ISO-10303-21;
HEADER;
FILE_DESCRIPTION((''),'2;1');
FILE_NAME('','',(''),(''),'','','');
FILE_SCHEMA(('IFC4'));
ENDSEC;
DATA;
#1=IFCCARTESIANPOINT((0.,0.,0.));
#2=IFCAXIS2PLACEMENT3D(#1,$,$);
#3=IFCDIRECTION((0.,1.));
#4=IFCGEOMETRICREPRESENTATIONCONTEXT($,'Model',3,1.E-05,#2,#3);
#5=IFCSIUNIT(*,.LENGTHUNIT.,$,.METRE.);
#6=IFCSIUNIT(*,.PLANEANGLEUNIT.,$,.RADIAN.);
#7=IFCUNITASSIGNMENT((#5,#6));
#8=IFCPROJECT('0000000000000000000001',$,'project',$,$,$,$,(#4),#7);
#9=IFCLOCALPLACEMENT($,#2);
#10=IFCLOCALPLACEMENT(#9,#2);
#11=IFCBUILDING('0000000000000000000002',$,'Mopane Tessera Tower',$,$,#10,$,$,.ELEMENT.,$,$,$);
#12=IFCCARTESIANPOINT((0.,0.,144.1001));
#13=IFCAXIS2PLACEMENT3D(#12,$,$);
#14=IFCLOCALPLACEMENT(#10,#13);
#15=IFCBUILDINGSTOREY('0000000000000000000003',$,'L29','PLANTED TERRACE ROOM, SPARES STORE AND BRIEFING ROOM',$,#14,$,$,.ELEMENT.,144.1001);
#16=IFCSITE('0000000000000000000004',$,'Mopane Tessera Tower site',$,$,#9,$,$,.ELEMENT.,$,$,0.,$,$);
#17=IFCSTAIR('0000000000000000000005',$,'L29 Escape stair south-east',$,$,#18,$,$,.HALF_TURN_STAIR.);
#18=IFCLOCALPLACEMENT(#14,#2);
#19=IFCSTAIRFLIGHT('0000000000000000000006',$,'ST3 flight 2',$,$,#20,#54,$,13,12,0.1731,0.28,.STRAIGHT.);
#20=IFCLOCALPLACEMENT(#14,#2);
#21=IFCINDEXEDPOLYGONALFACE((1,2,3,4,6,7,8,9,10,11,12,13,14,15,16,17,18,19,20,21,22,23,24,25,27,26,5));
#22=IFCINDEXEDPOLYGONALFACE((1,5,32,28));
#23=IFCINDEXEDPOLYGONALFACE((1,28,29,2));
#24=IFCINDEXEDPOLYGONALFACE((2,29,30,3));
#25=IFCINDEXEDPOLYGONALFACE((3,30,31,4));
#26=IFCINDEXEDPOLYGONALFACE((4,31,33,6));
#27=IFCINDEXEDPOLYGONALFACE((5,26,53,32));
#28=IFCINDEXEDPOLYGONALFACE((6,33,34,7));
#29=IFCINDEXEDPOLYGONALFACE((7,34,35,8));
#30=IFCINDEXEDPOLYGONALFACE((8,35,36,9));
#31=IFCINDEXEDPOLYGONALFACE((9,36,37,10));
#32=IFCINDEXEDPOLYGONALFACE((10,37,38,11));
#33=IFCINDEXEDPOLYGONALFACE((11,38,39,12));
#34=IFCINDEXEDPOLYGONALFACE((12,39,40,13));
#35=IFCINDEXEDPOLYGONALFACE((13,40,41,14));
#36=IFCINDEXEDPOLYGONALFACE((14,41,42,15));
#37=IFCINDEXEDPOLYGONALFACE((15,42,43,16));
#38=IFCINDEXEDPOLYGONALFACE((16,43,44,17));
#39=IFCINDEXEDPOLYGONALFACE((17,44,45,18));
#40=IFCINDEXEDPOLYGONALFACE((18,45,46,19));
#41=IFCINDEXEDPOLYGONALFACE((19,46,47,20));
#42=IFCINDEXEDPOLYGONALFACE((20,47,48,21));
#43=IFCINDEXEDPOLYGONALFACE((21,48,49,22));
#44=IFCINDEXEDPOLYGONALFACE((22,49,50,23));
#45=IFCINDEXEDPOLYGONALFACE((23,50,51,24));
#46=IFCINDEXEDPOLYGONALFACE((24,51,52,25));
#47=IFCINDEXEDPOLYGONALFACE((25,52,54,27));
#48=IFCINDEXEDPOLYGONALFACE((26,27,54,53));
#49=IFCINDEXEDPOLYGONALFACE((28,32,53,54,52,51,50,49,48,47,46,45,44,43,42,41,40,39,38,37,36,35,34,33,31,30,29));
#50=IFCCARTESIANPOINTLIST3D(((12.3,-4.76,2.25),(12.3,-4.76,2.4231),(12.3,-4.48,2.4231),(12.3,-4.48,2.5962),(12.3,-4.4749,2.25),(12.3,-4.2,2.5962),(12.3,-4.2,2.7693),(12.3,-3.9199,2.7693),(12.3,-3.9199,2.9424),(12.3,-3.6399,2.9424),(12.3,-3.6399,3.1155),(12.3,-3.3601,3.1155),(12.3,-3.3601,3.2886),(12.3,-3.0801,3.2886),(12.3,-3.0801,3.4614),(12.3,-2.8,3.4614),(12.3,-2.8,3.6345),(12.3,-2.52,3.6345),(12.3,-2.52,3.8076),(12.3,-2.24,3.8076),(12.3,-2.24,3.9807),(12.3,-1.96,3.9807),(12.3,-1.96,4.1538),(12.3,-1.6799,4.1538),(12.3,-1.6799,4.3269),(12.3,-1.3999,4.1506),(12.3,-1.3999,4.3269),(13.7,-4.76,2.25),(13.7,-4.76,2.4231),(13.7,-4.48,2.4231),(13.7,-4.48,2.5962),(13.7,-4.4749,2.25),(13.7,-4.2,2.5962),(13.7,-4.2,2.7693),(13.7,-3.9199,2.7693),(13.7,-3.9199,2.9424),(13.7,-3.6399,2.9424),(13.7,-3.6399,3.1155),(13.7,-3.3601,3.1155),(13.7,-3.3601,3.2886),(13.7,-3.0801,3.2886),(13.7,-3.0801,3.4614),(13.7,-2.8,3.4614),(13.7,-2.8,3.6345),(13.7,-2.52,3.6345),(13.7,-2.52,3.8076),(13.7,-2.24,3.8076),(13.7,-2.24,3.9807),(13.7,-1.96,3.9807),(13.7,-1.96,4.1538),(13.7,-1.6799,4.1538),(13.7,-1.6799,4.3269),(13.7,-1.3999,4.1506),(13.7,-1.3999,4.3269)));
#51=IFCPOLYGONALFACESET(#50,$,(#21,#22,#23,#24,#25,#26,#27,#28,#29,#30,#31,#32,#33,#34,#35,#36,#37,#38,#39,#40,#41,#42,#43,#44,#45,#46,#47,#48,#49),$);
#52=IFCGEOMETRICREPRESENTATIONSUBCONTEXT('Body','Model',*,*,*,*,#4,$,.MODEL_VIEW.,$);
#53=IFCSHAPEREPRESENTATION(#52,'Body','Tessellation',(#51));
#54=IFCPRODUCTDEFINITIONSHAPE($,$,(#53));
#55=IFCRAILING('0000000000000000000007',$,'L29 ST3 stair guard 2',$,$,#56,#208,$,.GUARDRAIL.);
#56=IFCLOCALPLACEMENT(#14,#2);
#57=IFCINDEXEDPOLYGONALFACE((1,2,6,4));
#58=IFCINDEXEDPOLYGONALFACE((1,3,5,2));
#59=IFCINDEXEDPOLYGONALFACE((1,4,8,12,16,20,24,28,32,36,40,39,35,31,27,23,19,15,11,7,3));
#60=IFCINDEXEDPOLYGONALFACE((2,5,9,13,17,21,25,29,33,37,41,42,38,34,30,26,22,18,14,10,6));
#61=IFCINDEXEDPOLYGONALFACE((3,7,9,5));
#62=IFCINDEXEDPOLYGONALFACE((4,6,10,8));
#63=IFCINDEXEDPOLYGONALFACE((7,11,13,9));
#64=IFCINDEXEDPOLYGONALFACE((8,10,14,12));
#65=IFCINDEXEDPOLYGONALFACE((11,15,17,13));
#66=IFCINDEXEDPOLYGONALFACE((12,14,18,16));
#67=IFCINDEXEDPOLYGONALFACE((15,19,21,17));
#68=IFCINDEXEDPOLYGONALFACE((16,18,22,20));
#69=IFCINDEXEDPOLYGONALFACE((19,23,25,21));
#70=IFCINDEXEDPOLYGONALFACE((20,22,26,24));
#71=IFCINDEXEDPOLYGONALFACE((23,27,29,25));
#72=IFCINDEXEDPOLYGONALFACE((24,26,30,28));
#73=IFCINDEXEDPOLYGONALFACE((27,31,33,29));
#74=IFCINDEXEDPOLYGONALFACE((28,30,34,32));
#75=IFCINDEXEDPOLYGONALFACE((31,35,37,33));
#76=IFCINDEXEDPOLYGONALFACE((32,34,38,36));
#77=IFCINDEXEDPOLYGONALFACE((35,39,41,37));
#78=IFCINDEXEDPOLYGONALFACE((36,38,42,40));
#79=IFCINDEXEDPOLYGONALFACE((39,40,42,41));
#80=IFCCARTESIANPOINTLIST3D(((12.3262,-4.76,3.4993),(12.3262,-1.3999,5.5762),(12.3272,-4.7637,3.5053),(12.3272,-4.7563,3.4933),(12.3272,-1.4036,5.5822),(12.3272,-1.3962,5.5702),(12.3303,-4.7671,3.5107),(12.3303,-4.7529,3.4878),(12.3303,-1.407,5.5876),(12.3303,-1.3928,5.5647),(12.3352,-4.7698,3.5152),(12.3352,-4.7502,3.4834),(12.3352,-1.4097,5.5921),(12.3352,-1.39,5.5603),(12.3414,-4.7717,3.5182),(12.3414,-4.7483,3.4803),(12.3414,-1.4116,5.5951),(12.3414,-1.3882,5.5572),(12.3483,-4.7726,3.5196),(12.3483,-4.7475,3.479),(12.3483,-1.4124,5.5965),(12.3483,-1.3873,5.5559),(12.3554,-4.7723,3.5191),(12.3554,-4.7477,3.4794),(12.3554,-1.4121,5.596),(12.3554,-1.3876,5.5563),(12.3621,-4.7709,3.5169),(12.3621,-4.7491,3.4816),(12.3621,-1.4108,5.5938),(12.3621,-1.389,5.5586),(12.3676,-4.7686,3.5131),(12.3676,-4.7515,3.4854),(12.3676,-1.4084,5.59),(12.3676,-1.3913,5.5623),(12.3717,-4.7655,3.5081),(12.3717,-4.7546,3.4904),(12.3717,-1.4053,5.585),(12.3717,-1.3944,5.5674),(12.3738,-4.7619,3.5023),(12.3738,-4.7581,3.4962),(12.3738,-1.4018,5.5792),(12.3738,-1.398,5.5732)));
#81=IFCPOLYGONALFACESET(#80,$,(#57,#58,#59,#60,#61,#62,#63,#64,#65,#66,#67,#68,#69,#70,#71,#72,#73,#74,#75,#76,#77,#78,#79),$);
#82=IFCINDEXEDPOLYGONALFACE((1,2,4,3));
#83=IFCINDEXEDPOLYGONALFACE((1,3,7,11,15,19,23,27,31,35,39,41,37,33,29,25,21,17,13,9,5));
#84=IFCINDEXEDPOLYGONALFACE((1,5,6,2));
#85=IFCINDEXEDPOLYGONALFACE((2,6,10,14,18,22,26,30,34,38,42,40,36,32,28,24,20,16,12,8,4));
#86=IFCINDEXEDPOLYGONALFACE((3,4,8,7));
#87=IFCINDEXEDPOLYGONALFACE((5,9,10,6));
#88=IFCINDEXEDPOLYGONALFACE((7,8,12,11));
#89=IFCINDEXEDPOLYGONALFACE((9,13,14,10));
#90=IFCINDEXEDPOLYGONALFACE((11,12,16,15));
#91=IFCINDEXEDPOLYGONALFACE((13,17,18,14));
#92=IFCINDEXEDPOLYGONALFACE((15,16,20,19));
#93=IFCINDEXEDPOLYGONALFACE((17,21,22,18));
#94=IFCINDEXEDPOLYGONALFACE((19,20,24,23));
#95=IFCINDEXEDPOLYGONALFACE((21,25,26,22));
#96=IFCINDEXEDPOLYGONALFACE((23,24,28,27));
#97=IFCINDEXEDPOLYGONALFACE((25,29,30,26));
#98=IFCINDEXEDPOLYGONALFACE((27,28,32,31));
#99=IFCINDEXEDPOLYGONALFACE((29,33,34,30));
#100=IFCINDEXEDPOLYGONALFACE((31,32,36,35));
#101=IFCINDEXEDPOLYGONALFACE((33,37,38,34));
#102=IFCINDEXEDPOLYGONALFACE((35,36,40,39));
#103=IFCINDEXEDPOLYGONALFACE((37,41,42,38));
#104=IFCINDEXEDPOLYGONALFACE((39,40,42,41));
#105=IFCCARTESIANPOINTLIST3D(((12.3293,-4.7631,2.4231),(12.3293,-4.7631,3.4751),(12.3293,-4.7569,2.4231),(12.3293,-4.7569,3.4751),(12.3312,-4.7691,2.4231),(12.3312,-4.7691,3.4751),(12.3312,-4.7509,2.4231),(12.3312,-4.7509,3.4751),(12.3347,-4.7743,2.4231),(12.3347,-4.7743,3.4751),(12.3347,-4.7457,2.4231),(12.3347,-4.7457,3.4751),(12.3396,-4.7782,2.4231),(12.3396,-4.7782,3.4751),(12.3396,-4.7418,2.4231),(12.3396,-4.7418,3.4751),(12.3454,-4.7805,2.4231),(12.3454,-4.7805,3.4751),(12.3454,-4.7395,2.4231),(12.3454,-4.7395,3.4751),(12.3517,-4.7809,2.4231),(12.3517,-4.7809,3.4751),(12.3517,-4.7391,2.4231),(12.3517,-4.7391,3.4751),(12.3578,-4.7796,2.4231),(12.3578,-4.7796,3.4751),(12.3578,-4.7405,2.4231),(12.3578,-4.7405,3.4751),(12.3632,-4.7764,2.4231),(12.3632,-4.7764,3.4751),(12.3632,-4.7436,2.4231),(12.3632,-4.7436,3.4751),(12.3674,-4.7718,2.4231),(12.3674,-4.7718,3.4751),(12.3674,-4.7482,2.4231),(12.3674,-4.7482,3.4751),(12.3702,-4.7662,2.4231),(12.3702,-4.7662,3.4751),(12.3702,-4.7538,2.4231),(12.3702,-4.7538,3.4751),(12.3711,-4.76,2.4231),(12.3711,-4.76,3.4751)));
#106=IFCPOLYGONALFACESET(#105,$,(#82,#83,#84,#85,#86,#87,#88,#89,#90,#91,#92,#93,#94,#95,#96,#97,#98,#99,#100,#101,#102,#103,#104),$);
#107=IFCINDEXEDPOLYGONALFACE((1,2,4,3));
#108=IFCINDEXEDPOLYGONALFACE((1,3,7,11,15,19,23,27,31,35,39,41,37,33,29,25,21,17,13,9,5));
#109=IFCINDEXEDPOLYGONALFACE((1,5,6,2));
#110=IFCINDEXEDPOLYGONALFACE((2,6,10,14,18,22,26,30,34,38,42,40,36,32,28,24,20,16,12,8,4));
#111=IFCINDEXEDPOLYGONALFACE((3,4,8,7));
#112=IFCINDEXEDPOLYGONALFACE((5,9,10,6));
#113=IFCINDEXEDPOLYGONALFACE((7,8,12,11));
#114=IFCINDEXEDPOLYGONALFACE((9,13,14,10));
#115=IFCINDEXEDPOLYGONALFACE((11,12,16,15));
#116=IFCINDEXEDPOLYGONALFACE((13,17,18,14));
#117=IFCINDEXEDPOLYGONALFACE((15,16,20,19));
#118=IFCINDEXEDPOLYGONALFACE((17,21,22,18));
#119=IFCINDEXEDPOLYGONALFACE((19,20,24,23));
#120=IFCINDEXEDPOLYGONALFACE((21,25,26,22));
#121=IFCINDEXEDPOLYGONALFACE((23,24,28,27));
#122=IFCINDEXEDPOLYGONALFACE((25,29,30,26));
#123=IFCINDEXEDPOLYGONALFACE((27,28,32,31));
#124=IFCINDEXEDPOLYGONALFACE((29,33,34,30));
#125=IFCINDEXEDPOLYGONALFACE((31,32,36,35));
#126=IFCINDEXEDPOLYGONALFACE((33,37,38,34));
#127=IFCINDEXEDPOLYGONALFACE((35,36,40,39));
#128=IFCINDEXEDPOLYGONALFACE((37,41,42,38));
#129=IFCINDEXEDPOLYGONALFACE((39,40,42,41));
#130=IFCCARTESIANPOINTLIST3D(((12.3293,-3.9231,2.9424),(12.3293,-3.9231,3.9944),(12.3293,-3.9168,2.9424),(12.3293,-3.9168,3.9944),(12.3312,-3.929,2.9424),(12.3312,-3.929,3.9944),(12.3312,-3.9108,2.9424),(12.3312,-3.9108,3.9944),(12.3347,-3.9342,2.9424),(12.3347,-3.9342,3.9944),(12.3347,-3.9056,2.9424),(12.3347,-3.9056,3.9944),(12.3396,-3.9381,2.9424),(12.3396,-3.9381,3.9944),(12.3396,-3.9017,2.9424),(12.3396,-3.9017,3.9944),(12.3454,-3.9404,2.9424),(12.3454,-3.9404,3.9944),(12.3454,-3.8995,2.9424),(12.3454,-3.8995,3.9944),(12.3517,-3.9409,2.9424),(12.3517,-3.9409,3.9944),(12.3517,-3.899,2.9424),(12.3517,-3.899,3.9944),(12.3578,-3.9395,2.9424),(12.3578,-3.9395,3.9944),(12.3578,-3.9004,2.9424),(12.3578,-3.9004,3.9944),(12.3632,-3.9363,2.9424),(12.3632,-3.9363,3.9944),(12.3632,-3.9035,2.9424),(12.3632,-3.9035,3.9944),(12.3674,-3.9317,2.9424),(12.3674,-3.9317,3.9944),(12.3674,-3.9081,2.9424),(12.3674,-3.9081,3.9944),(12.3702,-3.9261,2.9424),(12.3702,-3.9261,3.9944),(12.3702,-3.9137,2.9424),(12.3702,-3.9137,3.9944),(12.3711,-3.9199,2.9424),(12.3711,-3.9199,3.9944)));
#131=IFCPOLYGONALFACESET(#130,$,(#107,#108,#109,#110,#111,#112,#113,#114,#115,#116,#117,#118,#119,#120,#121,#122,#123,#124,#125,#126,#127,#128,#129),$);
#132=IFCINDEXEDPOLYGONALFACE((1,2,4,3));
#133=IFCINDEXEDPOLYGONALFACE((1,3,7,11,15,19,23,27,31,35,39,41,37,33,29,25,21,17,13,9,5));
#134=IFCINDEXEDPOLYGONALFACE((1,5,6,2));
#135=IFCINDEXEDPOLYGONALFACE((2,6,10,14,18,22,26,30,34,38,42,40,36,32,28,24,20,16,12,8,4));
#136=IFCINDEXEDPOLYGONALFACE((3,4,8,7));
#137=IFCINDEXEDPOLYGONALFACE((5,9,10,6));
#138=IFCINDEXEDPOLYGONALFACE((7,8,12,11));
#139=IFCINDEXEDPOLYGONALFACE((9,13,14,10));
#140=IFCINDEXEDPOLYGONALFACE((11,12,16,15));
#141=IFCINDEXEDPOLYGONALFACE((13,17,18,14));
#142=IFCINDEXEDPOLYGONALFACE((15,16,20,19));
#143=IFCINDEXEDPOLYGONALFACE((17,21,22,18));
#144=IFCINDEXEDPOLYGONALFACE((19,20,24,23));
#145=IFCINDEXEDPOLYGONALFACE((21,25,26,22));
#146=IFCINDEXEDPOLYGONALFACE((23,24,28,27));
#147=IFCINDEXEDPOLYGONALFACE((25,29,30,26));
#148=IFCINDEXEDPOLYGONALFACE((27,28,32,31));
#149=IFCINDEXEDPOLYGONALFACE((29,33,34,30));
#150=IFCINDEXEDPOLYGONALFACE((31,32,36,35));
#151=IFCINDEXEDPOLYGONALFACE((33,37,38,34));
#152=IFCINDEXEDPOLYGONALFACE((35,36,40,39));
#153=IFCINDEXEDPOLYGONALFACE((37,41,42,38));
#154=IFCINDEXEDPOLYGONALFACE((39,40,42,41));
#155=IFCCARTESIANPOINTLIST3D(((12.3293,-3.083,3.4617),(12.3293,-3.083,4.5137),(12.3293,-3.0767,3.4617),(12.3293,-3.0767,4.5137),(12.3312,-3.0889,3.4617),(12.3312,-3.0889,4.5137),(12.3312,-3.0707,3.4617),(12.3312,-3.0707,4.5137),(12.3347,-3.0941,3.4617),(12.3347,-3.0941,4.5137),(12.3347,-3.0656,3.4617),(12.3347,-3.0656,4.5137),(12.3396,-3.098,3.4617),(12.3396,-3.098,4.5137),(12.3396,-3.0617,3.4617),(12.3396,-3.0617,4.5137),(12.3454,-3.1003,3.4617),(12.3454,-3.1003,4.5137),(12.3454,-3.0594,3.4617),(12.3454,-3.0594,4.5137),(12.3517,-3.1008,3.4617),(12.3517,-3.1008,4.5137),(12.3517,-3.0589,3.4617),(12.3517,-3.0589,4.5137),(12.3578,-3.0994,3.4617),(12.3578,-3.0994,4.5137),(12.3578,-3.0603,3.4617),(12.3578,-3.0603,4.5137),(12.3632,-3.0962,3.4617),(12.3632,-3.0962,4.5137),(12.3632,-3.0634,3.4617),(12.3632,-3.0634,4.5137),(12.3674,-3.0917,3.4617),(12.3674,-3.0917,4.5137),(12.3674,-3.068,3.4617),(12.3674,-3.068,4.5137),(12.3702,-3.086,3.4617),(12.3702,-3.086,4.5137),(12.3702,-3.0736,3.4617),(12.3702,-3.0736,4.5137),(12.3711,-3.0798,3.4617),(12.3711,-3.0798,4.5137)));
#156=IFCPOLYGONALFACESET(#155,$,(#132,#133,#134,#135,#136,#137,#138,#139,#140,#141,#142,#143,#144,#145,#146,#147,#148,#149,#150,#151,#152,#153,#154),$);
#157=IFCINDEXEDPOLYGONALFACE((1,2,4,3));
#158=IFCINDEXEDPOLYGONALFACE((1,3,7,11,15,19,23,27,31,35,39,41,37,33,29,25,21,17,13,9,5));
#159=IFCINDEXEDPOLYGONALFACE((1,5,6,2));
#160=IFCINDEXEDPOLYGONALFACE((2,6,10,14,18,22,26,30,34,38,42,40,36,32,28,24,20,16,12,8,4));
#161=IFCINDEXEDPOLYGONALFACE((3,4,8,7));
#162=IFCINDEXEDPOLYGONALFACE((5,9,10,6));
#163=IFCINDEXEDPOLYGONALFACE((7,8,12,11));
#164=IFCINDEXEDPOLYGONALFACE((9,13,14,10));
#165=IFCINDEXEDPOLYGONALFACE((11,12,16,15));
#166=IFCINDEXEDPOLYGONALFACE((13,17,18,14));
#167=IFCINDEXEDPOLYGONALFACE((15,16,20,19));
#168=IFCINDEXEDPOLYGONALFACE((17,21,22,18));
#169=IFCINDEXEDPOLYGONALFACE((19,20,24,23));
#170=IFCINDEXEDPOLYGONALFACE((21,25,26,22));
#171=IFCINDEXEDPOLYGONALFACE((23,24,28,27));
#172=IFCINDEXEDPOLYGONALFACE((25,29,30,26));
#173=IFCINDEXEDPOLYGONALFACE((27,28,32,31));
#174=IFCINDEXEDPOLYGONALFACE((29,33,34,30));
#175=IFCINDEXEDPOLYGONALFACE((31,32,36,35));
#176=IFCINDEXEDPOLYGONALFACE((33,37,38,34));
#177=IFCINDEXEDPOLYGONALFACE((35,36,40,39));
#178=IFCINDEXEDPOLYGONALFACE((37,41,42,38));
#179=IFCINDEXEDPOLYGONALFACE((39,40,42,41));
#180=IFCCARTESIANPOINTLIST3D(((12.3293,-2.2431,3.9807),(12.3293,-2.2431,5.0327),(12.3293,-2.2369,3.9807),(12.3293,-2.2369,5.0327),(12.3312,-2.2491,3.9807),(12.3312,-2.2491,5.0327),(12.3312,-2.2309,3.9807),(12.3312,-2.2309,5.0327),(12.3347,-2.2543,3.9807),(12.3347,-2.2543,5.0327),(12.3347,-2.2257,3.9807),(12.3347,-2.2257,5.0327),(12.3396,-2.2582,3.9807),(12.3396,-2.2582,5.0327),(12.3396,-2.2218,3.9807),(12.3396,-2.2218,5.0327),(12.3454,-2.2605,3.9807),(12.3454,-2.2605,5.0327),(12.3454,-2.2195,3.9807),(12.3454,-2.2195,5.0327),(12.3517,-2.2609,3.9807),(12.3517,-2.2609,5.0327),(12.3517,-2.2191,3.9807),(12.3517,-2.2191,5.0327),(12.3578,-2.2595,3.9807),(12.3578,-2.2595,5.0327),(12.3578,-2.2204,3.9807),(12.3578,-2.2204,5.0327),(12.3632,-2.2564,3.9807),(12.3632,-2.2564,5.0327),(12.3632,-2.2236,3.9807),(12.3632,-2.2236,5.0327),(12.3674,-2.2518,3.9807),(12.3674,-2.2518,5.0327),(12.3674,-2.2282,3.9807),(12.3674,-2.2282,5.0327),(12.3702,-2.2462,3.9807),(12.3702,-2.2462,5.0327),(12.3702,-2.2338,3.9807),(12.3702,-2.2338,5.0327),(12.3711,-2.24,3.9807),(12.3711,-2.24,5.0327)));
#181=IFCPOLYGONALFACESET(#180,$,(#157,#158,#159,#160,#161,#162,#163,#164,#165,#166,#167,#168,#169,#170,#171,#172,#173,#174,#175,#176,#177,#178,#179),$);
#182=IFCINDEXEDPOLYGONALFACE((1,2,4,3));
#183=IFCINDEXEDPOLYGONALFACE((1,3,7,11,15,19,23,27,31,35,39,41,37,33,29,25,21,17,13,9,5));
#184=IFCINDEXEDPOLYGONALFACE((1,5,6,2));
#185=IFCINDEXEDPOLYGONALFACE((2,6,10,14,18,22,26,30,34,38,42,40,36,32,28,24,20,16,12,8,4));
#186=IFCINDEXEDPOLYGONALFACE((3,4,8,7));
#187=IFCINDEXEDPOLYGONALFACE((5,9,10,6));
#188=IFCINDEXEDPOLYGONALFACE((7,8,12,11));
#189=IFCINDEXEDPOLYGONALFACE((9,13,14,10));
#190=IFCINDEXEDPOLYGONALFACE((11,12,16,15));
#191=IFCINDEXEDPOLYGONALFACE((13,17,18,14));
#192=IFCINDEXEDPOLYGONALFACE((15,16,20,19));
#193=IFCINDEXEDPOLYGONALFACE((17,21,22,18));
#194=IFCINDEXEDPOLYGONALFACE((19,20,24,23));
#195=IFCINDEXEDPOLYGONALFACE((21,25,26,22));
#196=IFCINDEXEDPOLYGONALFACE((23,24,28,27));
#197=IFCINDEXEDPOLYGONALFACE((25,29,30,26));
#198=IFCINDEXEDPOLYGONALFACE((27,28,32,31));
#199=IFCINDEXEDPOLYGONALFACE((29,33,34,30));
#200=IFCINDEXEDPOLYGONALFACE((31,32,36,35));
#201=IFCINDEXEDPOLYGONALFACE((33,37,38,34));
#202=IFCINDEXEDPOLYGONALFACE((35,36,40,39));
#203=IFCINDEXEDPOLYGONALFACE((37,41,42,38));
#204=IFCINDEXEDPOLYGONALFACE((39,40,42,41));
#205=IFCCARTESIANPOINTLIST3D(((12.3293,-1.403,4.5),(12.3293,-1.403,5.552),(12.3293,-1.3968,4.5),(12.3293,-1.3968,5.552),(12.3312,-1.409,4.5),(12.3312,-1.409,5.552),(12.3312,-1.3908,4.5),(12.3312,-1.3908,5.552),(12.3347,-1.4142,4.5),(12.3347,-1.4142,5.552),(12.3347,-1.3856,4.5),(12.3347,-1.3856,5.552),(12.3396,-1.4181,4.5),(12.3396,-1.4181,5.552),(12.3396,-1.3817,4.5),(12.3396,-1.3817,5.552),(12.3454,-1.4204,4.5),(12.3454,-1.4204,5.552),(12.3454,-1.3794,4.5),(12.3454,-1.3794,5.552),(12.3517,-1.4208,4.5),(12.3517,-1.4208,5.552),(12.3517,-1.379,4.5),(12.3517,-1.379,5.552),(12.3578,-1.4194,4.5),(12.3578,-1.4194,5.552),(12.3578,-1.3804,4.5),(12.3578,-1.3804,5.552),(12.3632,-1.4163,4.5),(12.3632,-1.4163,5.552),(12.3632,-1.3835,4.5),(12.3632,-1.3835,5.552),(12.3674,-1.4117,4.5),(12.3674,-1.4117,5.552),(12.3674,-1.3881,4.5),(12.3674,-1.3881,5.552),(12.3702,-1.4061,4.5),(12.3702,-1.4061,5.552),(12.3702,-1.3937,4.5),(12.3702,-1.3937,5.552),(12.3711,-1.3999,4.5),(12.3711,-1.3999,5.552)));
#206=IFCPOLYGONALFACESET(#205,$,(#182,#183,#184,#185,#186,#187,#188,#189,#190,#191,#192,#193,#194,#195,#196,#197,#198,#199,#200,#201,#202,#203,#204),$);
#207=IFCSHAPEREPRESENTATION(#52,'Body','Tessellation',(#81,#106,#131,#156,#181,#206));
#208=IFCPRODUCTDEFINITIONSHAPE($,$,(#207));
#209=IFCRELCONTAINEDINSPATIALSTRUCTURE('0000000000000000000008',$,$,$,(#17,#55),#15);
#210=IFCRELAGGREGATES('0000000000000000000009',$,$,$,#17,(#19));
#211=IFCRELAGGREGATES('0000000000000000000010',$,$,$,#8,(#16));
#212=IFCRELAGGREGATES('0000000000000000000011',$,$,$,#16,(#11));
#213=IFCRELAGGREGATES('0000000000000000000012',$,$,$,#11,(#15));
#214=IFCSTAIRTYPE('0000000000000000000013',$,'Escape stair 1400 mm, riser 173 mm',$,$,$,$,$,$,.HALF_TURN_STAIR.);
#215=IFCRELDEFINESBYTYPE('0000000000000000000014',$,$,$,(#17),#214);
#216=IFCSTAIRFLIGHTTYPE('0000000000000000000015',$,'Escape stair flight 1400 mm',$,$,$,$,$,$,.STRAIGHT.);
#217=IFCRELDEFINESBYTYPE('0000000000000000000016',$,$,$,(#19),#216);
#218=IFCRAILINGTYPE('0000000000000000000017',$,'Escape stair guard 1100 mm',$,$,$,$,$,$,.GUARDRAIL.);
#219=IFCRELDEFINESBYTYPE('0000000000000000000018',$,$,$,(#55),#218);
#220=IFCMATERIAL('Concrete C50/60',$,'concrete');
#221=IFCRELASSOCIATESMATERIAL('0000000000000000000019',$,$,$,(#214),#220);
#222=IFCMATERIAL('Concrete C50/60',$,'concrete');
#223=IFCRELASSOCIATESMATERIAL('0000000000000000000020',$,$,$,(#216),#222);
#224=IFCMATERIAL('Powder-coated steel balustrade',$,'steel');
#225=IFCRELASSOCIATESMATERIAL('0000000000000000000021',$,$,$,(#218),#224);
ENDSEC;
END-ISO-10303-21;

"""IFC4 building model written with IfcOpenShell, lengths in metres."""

from ifc_helpers import new_model, si_unit, direction, frame, origin, origin_2d, place, context, subcontext, project, spatial, polyline, circle, outline, extrude, material, type_object, element, aggregate, save


model = new_model("IFC4")

# Units and contexts
model_context = context("Model", 3, precision=1e-05, world=origin(), true_north=direction((0.0, 1.0)))
body_context = subcontext(model_context, "Body", "Model", "MODEL_VIEW")
ifc_project = project(units=[si_unit("LENGTHUNIT", "METRE"), si_unit("PLANEANGLEUNIT", "RADIAN")], contexts=[model_context])

# Site, building, storey
site_placement = place(None, origin())
site = spatial("IfcSite", under=ifc_project, at=site_placement, Name="Mopane Tessera Tower site", CompositionType="ELEMENT", RefElevation=0.0)
building_placement = place(site_placement, origin())
building = spatial("IfcBuilding", under=site, at=building_placement, Name="Mopane Tessera Tower", CompositionType="ELEMENT")
storey_placement = place(building_placement, frame((0.0, 0.0, 144.1001)))
storey = spatial("IfcBuildingStorey", under=building, at=storey_placement, Name="L29", Description="PLANTED TERRACE ROOM, SPARES STORE AND BRIEFING ROOM", CompositionType="ELEMENT", Elevation=144.1001)

# Stair, stair flight
ifc_material_1 = material(Name="Concrete C50/60", Category="concrete")
stair_type = type_object("IfcStairType", Name="Escape stair 1400 mm, riser 173 mm", PredefinedType="HALF_TURN_STAIR", material=ifc_material_1)
stair_placement = place(storey_placement, origin())
stair = element("IfcStair", 1, at=stair_placement, inside=storey, type_object=stair_type, Name="L29 Escape stair south-east", PredefinedType="HALF_TURN_STAIR")
ifc_material_2 = material(Name="Concrete C50/60", Category="concrete")
stair_flight_type = type_object("IfcStairFlightType", Name="Escape stair flight 1400 mm", PredefinedType="STRAIGHT", material=ifc_material_2)
stair_flight_placement = place(storey_placement, frame((13.0, -4.76, 2.25), z_axis=(0.0, 0.0, 1.0), x_axis=(0.0, 1.0, 0.0)))
stair_flight = element("IfcStairFlight", 2, at=stair_flight_placement, type_object=stair_flight_type, Name="ST3 flight 2", NumberOfRisers=13, NumberOfTreads=12, PredefinedType="STRAIGHT", RiserHeight=0.1731, TreadLength=0.28, context=body_context, shape_type="SweptSolid", body=[
    extrude(outline(polyline([(0.0, 0.0), (0.0, 0.1731), (0.28, 0.1731), (0.28, 0.3462), (0.5601, 0.3462), (0.5601, 0.5193), (0.8401, 0.5193), (0.8401, 0.6924), (1.1201, 0.6924), (1.1201, 0.8655), (1.3999, 0.8655), (1.3999, 1.0386), (1.6799, 1.0386), (1.6799, 1.2114), (1.96, 1.2114), (1.96, 1.3845), (2.24, 1.3845), (2.24, 1.5576), (2.52, 1.5576), (2.52, 1.7307), (2.8, 1.7307), (2.8, 1.9038), (3.0801, 1.9038), (3.0801, 2.0769), (3.3601, 2.0769), (3.3601, 2.25), (3.3601, 1.9006), (0.2852, 0.0), (0.0, 0.0)])), frame((0.0, 0.7, 0.0), z_axis=(0.0, -1.0, 0.0), x_axis=(1.0, 0.0, 0.0)), (0.0, 0.0, 1.0), 1.3999),
])
aggregate(stair, [stair_flight])

# Railing
ifc_material_3 = material(Name="Powder-coated steel balustrade", Category="steel")
railing_type_1 = type_object("IfcRailingType", Name="Escape stair guard 1100 mm", PredefinedType="GUARDRAIL", material=ifc_material_3)
railing_1_placement = place(storey_placement, frame((12.3501, -4.76, 2.4231)))
element("IfcRailing", 3, at=railing_1_placement, inside=storey, type_object=railing_type_1, Name="L29 ST3 stair guard 2", PredefinedType="GUARDRAIL", context=body_context, shape_type="SweptSolid", body=[
    extrude(circle(Radius=0.0239, at=origin_2d()), frame((0.0, 0.0, 1.0762), z_axis=(0.0, 0.850623, 0.525776), x_axis=(-1.0, 0.0, 0.0)), (0.0, 0.0, 1.0), 3.9502),
    extrude(circle(Radius=0.021, at=origin_2d()), origin(), (0.0, 0.0, 1.0), 1.052),
    extrude(circle(Radius=0.021, at=origin_2d()), frame((0.0, 0.8401, 0.5193)), (0.0, 0.0, 1.0), 1.052),
    extrude(circle(Radius=0.021, at=origin_2d()), frame((0.0, 1.6802, 1.0386)), (0.0, 0.0, 1.0), 1.052),
    extrude(circle(Radius=0.021, at=origin_2d()), frame((0.0, 2.52, 1.5576)), (0.0, 0.0, 1.0), 1.052),
    extrude(circle(Radius=0.021, at=origin_2d()), frame((0.0, 3.3601, 2.0769)), (0.0, 0.0, 1.0), 1.052),
])

save(model, "model.ifc")
